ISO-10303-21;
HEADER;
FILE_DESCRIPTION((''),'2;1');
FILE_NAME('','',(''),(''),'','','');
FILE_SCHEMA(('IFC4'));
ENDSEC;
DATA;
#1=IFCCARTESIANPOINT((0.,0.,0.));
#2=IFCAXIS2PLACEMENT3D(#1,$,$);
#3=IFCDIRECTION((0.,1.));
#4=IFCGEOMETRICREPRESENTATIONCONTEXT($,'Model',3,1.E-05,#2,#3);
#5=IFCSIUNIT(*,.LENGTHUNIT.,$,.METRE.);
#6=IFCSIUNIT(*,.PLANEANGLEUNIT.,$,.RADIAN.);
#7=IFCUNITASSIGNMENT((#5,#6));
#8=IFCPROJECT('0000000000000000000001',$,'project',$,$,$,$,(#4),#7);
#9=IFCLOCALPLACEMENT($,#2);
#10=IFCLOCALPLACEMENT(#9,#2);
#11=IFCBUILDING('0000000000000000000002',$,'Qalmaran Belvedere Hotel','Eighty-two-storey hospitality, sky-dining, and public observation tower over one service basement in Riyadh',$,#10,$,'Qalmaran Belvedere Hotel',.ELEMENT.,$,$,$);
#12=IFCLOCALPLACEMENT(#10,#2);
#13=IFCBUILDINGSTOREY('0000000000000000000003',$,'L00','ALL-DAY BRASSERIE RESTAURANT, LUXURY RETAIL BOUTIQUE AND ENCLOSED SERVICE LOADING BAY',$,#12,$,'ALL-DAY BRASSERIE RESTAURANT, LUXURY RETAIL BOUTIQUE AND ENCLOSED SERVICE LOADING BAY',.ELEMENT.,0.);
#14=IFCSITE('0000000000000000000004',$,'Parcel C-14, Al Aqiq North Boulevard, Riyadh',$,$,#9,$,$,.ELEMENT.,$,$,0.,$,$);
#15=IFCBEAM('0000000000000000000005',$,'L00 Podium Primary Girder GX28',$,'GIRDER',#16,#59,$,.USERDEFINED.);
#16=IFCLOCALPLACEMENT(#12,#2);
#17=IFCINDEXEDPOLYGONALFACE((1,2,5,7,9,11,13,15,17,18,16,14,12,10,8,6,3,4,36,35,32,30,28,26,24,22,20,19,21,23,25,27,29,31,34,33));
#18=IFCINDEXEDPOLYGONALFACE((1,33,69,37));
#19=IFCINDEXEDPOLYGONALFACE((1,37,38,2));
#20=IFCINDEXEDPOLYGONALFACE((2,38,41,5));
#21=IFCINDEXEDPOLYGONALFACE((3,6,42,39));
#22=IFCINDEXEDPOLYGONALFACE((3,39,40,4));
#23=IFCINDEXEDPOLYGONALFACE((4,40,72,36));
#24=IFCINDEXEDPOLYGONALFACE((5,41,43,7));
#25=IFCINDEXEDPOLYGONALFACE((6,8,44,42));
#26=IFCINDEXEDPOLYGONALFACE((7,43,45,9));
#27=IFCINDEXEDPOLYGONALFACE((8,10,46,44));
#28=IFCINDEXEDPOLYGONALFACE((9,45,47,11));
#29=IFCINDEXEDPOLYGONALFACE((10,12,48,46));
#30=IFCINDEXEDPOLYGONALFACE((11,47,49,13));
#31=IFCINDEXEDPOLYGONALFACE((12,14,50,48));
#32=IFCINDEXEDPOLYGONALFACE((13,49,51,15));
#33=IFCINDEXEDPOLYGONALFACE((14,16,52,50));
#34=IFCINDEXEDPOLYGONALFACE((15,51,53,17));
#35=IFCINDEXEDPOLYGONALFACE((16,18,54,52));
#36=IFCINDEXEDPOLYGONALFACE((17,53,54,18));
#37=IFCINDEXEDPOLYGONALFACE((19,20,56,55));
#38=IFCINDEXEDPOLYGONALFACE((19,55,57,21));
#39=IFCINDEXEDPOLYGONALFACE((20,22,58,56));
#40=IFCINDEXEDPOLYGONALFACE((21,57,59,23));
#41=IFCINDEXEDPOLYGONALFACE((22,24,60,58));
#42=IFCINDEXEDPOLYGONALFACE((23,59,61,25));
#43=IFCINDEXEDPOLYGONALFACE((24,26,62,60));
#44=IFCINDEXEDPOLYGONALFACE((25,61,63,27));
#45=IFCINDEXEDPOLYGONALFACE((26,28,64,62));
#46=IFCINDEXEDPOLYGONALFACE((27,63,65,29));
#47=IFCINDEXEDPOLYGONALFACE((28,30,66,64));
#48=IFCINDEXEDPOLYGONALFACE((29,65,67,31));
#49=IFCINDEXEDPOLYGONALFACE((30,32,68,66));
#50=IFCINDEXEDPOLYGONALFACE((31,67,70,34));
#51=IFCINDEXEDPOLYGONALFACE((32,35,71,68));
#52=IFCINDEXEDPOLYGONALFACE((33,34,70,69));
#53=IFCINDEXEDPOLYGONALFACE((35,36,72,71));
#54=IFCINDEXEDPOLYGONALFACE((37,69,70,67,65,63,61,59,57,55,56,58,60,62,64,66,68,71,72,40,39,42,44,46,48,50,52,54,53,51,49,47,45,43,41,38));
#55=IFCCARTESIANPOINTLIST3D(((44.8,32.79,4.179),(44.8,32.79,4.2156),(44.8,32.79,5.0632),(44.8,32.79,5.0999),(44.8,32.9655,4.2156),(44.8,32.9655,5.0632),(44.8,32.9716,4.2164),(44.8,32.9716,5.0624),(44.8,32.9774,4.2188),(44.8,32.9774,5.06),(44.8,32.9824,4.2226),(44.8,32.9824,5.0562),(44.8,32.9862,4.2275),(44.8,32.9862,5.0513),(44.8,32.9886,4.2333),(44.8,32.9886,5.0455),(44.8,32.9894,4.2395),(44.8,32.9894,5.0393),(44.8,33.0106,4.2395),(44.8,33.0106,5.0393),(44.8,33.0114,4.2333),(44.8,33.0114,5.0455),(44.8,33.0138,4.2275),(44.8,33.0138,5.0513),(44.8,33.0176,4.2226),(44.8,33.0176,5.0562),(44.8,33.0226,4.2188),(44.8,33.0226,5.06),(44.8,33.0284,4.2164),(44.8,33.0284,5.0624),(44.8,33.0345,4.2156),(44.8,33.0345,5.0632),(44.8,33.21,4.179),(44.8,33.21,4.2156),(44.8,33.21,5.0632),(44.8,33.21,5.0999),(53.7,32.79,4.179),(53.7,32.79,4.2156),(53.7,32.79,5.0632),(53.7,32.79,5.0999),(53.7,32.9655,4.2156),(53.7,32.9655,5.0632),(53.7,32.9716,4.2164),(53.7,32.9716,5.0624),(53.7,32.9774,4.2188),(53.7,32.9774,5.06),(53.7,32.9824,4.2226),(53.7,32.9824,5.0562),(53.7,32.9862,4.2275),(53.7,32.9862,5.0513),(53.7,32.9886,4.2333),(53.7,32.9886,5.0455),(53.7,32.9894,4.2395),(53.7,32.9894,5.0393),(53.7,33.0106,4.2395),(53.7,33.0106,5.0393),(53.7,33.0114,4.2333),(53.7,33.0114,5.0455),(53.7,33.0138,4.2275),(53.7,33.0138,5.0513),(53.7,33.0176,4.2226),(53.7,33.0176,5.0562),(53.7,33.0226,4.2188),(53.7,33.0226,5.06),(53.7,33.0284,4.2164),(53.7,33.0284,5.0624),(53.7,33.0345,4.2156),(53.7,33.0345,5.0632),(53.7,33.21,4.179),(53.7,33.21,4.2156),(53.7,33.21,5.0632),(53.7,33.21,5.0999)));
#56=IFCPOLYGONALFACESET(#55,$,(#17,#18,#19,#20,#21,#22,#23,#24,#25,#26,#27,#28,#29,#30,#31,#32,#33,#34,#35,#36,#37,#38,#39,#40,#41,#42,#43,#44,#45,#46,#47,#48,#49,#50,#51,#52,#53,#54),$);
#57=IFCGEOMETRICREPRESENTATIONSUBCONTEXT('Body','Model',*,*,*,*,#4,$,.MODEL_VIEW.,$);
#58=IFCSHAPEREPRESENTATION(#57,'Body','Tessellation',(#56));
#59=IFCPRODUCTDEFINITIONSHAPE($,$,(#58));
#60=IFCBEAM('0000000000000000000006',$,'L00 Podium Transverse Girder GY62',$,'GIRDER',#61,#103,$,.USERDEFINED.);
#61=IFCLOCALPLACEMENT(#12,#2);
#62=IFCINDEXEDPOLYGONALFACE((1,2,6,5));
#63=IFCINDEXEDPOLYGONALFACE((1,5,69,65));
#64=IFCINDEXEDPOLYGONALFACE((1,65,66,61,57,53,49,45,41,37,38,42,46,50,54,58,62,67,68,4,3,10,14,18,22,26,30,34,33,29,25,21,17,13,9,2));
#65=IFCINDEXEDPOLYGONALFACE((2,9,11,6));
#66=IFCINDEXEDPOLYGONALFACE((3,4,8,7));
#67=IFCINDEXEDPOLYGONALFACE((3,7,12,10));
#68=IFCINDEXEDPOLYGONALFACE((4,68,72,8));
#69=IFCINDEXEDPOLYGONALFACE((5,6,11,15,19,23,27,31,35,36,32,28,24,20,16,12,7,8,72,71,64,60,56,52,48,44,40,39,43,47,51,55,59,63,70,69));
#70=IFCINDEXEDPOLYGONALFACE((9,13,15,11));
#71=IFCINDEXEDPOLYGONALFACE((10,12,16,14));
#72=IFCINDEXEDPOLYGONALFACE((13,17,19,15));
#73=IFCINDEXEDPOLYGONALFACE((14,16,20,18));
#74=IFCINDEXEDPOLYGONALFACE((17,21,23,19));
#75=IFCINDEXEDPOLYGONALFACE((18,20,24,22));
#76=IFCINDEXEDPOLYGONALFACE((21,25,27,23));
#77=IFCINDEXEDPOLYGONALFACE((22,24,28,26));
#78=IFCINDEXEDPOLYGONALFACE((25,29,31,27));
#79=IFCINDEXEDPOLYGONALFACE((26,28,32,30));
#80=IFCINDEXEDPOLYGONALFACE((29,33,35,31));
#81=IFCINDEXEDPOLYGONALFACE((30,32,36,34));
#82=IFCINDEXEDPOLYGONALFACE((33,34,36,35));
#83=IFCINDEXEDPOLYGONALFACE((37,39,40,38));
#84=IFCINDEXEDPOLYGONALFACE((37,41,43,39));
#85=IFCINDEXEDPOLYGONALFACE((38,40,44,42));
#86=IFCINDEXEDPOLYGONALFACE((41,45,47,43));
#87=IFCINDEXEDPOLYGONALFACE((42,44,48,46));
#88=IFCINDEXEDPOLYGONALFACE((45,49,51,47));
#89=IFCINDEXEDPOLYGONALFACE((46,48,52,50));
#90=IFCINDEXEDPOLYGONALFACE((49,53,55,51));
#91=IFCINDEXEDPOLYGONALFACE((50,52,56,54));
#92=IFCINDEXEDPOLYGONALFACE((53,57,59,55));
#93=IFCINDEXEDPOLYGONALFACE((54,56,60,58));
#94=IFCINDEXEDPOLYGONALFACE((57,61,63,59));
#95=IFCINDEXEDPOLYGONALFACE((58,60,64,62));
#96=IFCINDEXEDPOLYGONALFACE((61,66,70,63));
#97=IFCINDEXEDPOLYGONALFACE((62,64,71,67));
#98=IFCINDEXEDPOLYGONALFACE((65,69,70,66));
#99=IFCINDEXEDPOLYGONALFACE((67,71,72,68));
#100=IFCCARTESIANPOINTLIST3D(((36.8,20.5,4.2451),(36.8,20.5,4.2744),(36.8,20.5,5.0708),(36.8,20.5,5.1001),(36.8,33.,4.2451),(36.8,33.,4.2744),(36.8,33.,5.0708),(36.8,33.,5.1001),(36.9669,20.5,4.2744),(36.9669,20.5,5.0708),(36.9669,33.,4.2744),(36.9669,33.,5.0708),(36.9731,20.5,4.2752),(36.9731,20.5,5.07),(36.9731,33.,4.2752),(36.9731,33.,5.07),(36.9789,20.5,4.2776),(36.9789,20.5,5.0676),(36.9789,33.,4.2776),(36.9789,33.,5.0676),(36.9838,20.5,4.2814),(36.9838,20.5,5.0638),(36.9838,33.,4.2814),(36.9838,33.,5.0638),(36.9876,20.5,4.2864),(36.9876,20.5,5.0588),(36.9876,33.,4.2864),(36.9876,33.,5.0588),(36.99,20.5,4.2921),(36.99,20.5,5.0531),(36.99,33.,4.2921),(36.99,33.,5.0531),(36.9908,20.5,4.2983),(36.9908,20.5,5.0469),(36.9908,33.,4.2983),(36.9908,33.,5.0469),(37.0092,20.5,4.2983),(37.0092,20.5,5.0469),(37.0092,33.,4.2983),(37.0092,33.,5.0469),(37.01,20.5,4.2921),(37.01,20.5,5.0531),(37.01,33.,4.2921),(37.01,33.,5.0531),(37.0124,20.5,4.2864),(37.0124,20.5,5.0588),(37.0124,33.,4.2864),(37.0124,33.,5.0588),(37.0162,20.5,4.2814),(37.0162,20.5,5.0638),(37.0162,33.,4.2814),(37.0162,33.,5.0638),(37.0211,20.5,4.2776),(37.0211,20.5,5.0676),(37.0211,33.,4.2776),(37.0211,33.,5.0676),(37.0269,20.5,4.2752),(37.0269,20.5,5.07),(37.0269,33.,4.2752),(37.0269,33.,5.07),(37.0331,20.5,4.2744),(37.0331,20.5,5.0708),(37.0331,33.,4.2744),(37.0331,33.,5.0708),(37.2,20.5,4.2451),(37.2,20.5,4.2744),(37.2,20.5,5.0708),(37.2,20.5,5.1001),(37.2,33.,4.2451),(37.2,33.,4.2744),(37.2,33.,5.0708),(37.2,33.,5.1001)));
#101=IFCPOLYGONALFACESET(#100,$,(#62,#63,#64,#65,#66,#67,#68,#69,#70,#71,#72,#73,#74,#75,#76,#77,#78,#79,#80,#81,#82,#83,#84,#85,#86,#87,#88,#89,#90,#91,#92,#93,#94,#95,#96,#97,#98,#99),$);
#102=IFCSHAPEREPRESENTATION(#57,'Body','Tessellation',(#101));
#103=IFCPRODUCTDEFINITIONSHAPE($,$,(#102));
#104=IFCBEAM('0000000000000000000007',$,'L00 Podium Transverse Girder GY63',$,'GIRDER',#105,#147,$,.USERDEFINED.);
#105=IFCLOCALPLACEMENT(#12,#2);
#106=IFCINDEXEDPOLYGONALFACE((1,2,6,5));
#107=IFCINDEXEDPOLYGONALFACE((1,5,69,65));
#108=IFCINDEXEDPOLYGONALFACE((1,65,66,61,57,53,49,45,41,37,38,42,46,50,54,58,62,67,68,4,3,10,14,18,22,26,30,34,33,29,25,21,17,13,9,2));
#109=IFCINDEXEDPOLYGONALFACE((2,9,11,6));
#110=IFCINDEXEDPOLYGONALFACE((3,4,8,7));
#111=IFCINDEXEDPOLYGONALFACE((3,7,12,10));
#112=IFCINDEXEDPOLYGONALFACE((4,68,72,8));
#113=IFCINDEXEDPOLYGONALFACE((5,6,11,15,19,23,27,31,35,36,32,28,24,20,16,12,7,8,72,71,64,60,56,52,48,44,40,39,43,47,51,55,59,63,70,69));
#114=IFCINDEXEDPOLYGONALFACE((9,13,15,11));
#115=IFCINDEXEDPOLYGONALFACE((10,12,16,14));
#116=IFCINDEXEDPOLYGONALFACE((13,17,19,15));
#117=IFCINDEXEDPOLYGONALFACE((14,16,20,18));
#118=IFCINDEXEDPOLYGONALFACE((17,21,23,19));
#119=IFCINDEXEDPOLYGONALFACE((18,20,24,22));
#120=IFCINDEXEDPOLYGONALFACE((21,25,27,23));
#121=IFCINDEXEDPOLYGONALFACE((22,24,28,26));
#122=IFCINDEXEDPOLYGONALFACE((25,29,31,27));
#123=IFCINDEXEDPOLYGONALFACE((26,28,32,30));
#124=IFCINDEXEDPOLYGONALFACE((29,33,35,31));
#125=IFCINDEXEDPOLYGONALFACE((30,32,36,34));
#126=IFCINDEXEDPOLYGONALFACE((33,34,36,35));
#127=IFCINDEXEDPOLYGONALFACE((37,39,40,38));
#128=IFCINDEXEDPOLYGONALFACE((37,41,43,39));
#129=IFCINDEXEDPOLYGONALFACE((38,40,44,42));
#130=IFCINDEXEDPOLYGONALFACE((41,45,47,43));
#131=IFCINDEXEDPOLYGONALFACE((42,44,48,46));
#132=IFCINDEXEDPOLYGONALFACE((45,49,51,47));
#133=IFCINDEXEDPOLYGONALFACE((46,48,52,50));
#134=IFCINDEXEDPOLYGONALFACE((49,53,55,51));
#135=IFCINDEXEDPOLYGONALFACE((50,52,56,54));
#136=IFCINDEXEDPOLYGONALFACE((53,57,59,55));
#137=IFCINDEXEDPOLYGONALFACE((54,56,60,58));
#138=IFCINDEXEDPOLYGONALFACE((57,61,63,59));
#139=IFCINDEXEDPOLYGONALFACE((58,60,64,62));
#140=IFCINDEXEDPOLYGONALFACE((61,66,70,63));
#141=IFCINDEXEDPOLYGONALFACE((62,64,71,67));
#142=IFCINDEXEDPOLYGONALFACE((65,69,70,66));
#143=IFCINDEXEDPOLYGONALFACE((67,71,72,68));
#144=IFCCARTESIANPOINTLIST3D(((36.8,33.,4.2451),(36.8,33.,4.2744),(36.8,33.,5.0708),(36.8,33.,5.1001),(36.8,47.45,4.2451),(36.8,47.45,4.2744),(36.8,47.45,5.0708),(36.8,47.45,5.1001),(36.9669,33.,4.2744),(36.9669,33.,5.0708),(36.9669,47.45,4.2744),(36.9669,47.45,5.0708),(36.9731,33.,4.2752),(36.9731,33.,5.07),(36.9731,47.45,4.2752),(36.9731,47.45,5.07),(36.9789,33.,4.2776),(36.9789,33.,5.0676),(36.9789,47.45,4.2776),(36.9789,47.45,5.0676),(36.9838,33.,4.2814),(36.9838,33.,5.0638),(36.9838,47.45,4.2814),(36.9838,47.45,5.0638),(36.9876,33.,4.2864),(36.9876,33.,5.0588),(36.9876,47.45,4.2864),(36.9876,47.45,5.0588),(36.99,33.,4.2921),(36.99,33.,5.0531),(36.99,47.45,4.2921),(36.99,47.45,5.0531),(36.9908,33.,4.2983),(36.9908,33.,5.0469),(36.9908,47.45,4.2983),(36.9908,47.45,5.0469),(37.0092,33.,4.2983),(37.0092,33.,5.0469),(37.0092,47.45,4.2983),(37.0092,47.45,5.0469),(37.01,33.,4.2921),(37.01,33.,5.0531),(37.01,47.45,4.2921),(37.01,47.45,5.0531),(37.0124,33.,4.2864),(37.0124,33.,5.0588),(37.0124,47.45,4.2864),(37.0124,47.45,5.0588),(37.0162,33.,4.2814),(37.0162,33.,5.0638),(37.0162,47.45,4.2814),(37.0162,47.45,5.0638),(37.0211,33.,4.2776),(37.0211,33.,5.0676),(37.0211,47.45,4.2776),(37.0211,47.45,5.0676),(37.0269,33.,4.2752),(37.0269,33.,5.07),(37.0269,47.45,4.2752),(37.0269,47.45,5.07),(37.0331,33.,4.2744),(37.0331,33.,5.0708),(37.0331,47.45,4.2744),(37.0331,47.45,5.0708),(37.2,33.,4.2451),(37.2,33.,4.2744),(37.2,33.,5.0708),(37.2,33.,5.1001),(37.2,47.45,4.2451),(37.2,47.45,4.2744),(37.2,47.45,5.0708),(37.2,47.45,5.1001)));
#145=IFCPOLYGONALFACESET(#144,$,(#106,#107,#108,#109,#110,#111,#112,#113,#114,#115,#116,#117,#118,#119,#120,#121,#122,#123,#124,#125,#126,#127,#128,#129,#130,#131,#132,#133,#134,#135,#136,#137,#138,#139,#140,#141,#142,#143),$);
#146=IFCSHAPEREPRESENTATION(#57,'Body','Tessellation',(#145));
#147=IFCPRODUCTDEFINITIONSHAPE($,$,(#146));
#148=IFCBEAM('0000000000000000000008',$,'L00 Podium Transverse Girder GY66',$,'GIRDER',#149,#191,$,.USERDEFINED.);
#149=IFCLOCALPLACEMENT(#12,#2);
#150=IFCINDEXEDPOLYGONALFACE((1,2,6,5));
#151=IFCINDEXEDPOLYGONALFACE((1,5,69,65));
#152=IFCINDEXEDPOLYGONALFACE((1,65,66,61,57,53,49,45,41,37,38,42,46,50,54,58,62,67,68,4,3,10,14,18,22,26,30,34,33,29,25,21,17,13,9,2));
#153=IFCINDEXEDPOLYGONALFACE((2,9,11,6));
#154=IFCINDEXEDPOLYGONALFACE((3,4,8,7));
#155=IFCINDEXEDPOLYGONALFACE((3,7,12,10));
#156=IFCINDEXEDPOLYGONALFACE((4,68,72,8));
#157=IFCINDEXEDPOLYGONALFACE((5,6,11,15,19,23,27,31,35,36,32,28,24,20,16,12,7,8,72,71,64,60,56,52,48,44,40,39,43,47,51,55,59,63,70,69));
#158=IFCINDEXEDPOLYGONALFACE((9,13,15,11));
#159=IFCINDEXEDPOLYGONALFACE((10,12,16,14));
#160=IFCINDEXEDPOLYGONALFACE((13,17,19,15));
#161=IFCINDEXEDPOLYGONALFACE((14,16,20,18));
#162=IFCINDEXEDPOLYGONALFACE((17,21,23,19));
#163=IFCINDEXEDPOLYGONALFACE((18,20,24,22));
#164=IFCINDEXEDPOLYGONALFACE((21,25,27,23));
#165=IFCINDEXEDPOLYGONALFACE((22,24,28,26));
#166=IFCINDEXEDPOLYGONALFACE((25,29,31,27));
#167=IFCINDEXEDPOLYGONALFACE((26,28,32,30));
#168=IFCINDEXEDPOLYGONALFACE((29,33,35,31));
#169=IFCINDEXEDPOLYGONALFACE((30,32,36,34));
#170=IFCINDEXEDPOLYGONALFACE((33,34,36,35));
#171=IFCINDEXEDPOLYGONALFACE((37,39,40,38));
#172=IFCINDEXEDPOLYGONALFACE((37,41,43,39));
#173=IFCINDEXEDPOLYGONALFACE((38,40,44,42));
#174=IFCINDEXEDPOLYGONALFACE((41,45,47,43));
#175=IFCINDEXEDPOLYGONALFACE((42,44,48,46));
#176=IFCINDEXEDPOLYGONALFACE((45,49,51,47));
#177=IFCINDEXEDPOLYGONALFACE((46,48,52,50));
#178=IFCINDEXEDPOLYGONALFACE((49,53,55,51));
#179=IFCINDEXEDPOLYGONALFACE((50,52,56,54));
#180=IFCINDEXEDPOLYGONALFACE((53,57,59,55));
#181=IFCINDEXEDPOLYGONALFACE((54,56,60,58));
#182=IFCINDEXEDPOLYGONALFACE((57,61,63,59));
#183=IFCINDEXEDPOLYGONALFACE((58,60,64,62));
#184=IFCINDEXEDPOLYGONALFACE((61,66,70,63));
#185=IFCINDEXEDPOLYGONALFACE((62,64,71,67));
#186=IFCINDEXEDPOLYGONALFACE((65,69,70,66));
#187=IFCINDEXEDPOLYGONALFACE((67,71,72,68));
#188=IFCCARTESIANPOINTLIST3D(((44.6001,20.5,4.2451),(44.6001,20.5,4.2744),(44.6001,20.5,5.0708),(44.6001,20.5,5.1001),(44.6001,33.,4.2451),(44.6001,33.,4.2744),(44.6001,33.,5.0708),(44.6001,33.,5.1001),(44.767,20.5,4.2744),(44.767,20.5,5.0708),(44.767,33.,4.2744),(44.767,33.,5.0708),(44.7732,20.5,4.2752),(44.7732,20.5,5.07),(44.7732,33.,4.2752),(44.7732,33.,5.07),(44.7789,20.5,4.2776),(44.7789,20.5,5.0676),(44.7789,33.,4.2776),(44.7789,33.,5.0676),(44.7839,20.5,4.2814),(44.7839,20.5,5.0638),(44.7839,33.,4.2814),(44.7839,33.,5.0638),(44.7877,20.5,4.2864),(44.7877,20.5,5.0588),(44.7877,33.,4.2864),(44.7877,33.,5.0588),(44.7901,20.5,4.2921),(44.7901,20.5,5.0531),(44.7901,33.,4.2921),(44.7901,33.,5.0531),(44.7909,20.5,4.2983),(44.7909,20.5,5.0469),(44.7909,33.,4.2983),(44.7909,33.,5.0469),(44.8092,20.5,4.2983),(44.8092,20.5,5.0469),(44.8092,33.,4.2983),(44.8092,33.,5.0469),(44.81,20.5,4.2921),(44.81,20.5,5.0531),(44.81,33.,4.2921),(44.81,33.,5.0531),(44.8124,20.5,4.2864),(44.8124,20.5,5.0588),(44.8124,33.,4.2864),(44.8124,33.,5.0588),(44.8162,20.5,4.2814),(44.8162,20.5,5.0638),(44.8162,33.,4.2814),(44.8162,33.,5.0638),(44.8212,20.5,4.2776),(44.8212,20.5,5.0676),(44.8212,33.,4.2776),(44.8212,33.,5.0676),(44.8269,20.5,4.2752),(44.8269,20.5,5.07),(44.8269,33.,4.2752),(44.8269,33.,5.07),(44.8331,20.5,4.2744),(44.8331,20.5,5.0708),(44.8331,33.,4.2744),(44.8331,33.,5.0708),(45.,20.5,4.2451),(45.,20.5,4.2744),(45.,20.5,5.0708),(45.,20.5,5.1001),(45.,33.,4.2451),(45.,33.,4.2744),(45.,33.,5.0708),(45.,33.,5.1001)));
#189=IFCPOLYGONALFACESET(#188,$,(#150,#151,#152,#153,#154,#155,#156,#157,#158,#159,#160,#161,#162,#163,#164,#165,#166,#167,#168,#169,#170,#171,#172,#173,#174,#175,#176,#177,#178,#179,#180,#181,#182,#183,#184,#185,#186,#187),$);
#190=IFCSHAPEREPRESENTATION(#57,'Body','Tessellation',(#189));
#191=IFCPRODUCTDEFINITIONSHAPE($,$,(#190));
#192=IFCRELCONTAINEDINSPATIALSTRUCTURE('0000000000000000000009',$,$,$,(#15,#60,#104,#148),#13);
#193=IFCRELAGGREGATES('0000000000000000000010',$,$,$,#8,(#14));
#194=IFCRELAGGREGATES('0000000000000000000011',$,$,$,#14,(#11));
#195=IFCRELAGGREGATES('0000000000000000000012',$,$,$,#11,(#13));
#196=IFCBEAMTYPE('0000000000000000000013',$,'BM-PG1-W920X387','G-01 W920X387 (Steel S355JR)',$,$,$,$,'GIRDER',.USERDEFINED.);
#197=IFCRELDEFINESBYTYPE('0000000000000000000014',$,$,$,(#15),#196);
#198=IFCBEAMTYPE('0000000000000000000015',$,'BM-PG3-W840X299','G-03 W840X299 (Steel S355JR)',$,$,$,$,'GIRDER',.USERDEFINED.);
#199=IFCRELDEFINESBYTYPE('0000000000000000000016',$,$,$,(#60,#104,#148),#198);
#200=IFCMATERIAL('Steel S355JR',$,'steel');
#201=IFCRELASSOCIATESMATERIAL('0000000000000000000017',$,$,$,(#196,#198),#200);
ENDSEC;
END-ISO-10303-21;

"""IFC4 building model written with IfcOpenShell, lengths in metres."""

from ifc_helpers import new_model, si_unit, direction, frame, origin, origin_2d, place, context, subcontext, project, spatial, i_section, extrude, material, material_profile, profile_set, type_object, element, save


model = new_model("IFC4")

# Units and contexts
model_context = context("Model", 3, precision=1e-05, world=origin(), true_north=direction((0.0, 1.0)))
body_context = subcontext(model_context, "Body", "Model", "MODEL_VIEW")
ifc_project = project(units=[si_unit("LENGTHUNIT", "METRE"), si_unit("PLANEANGLEUNIT", "RADIAN")], contexts=[model_context])

# Site, building, storey
site_placement = place(None, origin())
site = spatial("IfcSite", under=ifc_project, at=site_placement, Name="Parcel C-14, Al Aqiq North Boulevard, Riyadh", CompositionType="ELEMENT", RefElevation=0.0)
building_placement = place(site_placement, origin())
building = spatial("IfcBuilding", under=site, at=building_placement, Name="Qalmaran Belvedere Hotel", Description="Eighty-two-storey hospitality, sky-dining, and public observation tower over one service basement in Riyadh", LongName="Qalmaran Belvedere Hotel", CompositionType="ELEMENT")
storey_placement = place(building_placement, origin())
storey = spatial("IfcBuildingStorey", under=building, at=storey_placement, Name="L00", Description="ALL-DAY BRASSERIE RESTAURANT, LUXURY RETAIL BOUTIQUE AND ENCLOSED SERVICE LOADING BAY", LongName="ALL-DAY BRASSERIE RESTAURANT, LUXURY RETAIL BOUTIQUE AND ENCLOSED SERVICE LOADING BAY", CompositionType="ELEMENT", Elevation=0.0)

# Beams
ifc_material_1 = material(Name="Steel S355JR", Category="steel")
ifc_material_profile_1 = material_profile(ifc_material_1, i_section(OverallWidth=0.4199, OverallDepth=0.9209, WebThickness=0.0212, FlangeThickness=0.0366, FilletRadius=0.0239, at=origin_2d()), Name="W920X387")
ifc_profile_set_1 = profile_set([ifc_material_profile_1], Name="Steel S355JR")
beam_type_1 = type_object("IfcBeamType", Name="BM-PG1-W920X387", Description="G-01 W920X387 (Steel S355JR)", ElementType="GIRDER", PredefinedType="USERDEFINED", material=ifc_profile_set_1)
beam_1_placement = place(storey_placement, frame((44.8, 33.0, 4.6394), z_axis=(1.0, 0.0, 0.0), x_axis=(0.0, 1.0, 0.0)))
element("IfcBeam", 1, at=beam_1_placement, inside=storey, type_object=beam_type_1, Name="L00 Podium Primary Girder GX28", ObjectType="GIRDER", PredefinedType="USERDEFINED", context=body_context, shape_type="SweptSolid", body=[
    extrude(i_section(OverallWidth=0.4199, OverallDepth=0.9209, WebThickness=0.0212, FlangeThickness=0.0366, FilletRadius=0.0239, at=origin_2d()), origin(), (0.0, 0.0, 1.0), 8.8999),
])
ifc_material_profile_2 = material_profile(ifc_material_1, i_section(OverallWidth=0.3999, OverallDepth=0.855, WebThickness=0.0183, FlangeThickness=0.0293, FilletRadius=0.0239, at=origin_2d()), Name="W840X299")
ifc_profile_set_2 = profile_set([ifc_material_profile_2], Name="Steel S355JR")
beam_type_2 = type_object("IfcBeamType", Name="BM-PG3-W840X299", Description="G-03 W840X299 (Steel S355JR)", ElementType="GIRDER", PredefinedType="USERDEFINED", material=ifc_profile_set_2)
beam_2_placement = place(storey_placement, frame((37.0, 20.5, 4.6726), z_axis=(0.0, 1.0, 0.0), x_axis=(-1.0, 0.0, 0.0)))
element("IfcBeam", 2, at=beam_2_placement, inside=storey, type_object=beam_type_2, Name="L00 Podium Transverse Girder GY62", ObjectType="GIRDER", PredefinedType="USERDEFINED", context=body_context, shape_type="SweptSolid", body=[
    extrude(i_section(OverallWidth=0.3999, OverallDepth=0.855, WebThickness=0.0183, FlangeThickness=0.0293, FilletRadius=0.0239, at=origin_2d()), origin(), (0.0, 0.0, 1.0), 12.5),
])
beam_3_placement = place(storey_placement, frame((37.0, 33.0, 4.6726), z_axis=(0.0, 1.0, 0.0), x_axis=(-1.0, 0.0, 0.0)))
element("IfcBeam", 3, at=beam_3_placement, inside=storey, type_object=beam_type_2, Name="L00 Podium Transverse Girder GY63", ObjectType="GIRDER", PredefinedType="USERDEFINED", context=body_context, shape_type="SweptSolid", body=[
    extrude(i_section(OverallWidth=0.3999, OverallDepth=0.855, WebThickness=0.0183, FlangeThickness=0.0293, FilletRadius=0.0239, at=origin_2d()), origin(), (0.0, 0.0, 1.0), 14.45),
])
beam_4_placement = place(storey_placement, frame((44.8, 20.5, 4.6726), z_axis=(0.0, 1.0, 0.0), x_axis=(-1.0, 0.0, 0.0)))
element("IfcBeam", 4, at=beam_4_placement, inside=storey, type_object=beam_type_2, Name="L00 Podium Transverse Girder GY66", ObjectType="GIRDER", PredefinedType="USERDEFINED", context=body_context, shape_type="SweptSolid", body=[
    extrude(i_section(OverallWidth=0.3999, OverallDepth=0.855, WebThickness=0.0183, FlangeThickness=0.0293, FilletRadius=0.0239, at=origin_2d()), origin(), (0.0, 0.0, 1.0), 12.5),
])

save(model, "model.ifc")
